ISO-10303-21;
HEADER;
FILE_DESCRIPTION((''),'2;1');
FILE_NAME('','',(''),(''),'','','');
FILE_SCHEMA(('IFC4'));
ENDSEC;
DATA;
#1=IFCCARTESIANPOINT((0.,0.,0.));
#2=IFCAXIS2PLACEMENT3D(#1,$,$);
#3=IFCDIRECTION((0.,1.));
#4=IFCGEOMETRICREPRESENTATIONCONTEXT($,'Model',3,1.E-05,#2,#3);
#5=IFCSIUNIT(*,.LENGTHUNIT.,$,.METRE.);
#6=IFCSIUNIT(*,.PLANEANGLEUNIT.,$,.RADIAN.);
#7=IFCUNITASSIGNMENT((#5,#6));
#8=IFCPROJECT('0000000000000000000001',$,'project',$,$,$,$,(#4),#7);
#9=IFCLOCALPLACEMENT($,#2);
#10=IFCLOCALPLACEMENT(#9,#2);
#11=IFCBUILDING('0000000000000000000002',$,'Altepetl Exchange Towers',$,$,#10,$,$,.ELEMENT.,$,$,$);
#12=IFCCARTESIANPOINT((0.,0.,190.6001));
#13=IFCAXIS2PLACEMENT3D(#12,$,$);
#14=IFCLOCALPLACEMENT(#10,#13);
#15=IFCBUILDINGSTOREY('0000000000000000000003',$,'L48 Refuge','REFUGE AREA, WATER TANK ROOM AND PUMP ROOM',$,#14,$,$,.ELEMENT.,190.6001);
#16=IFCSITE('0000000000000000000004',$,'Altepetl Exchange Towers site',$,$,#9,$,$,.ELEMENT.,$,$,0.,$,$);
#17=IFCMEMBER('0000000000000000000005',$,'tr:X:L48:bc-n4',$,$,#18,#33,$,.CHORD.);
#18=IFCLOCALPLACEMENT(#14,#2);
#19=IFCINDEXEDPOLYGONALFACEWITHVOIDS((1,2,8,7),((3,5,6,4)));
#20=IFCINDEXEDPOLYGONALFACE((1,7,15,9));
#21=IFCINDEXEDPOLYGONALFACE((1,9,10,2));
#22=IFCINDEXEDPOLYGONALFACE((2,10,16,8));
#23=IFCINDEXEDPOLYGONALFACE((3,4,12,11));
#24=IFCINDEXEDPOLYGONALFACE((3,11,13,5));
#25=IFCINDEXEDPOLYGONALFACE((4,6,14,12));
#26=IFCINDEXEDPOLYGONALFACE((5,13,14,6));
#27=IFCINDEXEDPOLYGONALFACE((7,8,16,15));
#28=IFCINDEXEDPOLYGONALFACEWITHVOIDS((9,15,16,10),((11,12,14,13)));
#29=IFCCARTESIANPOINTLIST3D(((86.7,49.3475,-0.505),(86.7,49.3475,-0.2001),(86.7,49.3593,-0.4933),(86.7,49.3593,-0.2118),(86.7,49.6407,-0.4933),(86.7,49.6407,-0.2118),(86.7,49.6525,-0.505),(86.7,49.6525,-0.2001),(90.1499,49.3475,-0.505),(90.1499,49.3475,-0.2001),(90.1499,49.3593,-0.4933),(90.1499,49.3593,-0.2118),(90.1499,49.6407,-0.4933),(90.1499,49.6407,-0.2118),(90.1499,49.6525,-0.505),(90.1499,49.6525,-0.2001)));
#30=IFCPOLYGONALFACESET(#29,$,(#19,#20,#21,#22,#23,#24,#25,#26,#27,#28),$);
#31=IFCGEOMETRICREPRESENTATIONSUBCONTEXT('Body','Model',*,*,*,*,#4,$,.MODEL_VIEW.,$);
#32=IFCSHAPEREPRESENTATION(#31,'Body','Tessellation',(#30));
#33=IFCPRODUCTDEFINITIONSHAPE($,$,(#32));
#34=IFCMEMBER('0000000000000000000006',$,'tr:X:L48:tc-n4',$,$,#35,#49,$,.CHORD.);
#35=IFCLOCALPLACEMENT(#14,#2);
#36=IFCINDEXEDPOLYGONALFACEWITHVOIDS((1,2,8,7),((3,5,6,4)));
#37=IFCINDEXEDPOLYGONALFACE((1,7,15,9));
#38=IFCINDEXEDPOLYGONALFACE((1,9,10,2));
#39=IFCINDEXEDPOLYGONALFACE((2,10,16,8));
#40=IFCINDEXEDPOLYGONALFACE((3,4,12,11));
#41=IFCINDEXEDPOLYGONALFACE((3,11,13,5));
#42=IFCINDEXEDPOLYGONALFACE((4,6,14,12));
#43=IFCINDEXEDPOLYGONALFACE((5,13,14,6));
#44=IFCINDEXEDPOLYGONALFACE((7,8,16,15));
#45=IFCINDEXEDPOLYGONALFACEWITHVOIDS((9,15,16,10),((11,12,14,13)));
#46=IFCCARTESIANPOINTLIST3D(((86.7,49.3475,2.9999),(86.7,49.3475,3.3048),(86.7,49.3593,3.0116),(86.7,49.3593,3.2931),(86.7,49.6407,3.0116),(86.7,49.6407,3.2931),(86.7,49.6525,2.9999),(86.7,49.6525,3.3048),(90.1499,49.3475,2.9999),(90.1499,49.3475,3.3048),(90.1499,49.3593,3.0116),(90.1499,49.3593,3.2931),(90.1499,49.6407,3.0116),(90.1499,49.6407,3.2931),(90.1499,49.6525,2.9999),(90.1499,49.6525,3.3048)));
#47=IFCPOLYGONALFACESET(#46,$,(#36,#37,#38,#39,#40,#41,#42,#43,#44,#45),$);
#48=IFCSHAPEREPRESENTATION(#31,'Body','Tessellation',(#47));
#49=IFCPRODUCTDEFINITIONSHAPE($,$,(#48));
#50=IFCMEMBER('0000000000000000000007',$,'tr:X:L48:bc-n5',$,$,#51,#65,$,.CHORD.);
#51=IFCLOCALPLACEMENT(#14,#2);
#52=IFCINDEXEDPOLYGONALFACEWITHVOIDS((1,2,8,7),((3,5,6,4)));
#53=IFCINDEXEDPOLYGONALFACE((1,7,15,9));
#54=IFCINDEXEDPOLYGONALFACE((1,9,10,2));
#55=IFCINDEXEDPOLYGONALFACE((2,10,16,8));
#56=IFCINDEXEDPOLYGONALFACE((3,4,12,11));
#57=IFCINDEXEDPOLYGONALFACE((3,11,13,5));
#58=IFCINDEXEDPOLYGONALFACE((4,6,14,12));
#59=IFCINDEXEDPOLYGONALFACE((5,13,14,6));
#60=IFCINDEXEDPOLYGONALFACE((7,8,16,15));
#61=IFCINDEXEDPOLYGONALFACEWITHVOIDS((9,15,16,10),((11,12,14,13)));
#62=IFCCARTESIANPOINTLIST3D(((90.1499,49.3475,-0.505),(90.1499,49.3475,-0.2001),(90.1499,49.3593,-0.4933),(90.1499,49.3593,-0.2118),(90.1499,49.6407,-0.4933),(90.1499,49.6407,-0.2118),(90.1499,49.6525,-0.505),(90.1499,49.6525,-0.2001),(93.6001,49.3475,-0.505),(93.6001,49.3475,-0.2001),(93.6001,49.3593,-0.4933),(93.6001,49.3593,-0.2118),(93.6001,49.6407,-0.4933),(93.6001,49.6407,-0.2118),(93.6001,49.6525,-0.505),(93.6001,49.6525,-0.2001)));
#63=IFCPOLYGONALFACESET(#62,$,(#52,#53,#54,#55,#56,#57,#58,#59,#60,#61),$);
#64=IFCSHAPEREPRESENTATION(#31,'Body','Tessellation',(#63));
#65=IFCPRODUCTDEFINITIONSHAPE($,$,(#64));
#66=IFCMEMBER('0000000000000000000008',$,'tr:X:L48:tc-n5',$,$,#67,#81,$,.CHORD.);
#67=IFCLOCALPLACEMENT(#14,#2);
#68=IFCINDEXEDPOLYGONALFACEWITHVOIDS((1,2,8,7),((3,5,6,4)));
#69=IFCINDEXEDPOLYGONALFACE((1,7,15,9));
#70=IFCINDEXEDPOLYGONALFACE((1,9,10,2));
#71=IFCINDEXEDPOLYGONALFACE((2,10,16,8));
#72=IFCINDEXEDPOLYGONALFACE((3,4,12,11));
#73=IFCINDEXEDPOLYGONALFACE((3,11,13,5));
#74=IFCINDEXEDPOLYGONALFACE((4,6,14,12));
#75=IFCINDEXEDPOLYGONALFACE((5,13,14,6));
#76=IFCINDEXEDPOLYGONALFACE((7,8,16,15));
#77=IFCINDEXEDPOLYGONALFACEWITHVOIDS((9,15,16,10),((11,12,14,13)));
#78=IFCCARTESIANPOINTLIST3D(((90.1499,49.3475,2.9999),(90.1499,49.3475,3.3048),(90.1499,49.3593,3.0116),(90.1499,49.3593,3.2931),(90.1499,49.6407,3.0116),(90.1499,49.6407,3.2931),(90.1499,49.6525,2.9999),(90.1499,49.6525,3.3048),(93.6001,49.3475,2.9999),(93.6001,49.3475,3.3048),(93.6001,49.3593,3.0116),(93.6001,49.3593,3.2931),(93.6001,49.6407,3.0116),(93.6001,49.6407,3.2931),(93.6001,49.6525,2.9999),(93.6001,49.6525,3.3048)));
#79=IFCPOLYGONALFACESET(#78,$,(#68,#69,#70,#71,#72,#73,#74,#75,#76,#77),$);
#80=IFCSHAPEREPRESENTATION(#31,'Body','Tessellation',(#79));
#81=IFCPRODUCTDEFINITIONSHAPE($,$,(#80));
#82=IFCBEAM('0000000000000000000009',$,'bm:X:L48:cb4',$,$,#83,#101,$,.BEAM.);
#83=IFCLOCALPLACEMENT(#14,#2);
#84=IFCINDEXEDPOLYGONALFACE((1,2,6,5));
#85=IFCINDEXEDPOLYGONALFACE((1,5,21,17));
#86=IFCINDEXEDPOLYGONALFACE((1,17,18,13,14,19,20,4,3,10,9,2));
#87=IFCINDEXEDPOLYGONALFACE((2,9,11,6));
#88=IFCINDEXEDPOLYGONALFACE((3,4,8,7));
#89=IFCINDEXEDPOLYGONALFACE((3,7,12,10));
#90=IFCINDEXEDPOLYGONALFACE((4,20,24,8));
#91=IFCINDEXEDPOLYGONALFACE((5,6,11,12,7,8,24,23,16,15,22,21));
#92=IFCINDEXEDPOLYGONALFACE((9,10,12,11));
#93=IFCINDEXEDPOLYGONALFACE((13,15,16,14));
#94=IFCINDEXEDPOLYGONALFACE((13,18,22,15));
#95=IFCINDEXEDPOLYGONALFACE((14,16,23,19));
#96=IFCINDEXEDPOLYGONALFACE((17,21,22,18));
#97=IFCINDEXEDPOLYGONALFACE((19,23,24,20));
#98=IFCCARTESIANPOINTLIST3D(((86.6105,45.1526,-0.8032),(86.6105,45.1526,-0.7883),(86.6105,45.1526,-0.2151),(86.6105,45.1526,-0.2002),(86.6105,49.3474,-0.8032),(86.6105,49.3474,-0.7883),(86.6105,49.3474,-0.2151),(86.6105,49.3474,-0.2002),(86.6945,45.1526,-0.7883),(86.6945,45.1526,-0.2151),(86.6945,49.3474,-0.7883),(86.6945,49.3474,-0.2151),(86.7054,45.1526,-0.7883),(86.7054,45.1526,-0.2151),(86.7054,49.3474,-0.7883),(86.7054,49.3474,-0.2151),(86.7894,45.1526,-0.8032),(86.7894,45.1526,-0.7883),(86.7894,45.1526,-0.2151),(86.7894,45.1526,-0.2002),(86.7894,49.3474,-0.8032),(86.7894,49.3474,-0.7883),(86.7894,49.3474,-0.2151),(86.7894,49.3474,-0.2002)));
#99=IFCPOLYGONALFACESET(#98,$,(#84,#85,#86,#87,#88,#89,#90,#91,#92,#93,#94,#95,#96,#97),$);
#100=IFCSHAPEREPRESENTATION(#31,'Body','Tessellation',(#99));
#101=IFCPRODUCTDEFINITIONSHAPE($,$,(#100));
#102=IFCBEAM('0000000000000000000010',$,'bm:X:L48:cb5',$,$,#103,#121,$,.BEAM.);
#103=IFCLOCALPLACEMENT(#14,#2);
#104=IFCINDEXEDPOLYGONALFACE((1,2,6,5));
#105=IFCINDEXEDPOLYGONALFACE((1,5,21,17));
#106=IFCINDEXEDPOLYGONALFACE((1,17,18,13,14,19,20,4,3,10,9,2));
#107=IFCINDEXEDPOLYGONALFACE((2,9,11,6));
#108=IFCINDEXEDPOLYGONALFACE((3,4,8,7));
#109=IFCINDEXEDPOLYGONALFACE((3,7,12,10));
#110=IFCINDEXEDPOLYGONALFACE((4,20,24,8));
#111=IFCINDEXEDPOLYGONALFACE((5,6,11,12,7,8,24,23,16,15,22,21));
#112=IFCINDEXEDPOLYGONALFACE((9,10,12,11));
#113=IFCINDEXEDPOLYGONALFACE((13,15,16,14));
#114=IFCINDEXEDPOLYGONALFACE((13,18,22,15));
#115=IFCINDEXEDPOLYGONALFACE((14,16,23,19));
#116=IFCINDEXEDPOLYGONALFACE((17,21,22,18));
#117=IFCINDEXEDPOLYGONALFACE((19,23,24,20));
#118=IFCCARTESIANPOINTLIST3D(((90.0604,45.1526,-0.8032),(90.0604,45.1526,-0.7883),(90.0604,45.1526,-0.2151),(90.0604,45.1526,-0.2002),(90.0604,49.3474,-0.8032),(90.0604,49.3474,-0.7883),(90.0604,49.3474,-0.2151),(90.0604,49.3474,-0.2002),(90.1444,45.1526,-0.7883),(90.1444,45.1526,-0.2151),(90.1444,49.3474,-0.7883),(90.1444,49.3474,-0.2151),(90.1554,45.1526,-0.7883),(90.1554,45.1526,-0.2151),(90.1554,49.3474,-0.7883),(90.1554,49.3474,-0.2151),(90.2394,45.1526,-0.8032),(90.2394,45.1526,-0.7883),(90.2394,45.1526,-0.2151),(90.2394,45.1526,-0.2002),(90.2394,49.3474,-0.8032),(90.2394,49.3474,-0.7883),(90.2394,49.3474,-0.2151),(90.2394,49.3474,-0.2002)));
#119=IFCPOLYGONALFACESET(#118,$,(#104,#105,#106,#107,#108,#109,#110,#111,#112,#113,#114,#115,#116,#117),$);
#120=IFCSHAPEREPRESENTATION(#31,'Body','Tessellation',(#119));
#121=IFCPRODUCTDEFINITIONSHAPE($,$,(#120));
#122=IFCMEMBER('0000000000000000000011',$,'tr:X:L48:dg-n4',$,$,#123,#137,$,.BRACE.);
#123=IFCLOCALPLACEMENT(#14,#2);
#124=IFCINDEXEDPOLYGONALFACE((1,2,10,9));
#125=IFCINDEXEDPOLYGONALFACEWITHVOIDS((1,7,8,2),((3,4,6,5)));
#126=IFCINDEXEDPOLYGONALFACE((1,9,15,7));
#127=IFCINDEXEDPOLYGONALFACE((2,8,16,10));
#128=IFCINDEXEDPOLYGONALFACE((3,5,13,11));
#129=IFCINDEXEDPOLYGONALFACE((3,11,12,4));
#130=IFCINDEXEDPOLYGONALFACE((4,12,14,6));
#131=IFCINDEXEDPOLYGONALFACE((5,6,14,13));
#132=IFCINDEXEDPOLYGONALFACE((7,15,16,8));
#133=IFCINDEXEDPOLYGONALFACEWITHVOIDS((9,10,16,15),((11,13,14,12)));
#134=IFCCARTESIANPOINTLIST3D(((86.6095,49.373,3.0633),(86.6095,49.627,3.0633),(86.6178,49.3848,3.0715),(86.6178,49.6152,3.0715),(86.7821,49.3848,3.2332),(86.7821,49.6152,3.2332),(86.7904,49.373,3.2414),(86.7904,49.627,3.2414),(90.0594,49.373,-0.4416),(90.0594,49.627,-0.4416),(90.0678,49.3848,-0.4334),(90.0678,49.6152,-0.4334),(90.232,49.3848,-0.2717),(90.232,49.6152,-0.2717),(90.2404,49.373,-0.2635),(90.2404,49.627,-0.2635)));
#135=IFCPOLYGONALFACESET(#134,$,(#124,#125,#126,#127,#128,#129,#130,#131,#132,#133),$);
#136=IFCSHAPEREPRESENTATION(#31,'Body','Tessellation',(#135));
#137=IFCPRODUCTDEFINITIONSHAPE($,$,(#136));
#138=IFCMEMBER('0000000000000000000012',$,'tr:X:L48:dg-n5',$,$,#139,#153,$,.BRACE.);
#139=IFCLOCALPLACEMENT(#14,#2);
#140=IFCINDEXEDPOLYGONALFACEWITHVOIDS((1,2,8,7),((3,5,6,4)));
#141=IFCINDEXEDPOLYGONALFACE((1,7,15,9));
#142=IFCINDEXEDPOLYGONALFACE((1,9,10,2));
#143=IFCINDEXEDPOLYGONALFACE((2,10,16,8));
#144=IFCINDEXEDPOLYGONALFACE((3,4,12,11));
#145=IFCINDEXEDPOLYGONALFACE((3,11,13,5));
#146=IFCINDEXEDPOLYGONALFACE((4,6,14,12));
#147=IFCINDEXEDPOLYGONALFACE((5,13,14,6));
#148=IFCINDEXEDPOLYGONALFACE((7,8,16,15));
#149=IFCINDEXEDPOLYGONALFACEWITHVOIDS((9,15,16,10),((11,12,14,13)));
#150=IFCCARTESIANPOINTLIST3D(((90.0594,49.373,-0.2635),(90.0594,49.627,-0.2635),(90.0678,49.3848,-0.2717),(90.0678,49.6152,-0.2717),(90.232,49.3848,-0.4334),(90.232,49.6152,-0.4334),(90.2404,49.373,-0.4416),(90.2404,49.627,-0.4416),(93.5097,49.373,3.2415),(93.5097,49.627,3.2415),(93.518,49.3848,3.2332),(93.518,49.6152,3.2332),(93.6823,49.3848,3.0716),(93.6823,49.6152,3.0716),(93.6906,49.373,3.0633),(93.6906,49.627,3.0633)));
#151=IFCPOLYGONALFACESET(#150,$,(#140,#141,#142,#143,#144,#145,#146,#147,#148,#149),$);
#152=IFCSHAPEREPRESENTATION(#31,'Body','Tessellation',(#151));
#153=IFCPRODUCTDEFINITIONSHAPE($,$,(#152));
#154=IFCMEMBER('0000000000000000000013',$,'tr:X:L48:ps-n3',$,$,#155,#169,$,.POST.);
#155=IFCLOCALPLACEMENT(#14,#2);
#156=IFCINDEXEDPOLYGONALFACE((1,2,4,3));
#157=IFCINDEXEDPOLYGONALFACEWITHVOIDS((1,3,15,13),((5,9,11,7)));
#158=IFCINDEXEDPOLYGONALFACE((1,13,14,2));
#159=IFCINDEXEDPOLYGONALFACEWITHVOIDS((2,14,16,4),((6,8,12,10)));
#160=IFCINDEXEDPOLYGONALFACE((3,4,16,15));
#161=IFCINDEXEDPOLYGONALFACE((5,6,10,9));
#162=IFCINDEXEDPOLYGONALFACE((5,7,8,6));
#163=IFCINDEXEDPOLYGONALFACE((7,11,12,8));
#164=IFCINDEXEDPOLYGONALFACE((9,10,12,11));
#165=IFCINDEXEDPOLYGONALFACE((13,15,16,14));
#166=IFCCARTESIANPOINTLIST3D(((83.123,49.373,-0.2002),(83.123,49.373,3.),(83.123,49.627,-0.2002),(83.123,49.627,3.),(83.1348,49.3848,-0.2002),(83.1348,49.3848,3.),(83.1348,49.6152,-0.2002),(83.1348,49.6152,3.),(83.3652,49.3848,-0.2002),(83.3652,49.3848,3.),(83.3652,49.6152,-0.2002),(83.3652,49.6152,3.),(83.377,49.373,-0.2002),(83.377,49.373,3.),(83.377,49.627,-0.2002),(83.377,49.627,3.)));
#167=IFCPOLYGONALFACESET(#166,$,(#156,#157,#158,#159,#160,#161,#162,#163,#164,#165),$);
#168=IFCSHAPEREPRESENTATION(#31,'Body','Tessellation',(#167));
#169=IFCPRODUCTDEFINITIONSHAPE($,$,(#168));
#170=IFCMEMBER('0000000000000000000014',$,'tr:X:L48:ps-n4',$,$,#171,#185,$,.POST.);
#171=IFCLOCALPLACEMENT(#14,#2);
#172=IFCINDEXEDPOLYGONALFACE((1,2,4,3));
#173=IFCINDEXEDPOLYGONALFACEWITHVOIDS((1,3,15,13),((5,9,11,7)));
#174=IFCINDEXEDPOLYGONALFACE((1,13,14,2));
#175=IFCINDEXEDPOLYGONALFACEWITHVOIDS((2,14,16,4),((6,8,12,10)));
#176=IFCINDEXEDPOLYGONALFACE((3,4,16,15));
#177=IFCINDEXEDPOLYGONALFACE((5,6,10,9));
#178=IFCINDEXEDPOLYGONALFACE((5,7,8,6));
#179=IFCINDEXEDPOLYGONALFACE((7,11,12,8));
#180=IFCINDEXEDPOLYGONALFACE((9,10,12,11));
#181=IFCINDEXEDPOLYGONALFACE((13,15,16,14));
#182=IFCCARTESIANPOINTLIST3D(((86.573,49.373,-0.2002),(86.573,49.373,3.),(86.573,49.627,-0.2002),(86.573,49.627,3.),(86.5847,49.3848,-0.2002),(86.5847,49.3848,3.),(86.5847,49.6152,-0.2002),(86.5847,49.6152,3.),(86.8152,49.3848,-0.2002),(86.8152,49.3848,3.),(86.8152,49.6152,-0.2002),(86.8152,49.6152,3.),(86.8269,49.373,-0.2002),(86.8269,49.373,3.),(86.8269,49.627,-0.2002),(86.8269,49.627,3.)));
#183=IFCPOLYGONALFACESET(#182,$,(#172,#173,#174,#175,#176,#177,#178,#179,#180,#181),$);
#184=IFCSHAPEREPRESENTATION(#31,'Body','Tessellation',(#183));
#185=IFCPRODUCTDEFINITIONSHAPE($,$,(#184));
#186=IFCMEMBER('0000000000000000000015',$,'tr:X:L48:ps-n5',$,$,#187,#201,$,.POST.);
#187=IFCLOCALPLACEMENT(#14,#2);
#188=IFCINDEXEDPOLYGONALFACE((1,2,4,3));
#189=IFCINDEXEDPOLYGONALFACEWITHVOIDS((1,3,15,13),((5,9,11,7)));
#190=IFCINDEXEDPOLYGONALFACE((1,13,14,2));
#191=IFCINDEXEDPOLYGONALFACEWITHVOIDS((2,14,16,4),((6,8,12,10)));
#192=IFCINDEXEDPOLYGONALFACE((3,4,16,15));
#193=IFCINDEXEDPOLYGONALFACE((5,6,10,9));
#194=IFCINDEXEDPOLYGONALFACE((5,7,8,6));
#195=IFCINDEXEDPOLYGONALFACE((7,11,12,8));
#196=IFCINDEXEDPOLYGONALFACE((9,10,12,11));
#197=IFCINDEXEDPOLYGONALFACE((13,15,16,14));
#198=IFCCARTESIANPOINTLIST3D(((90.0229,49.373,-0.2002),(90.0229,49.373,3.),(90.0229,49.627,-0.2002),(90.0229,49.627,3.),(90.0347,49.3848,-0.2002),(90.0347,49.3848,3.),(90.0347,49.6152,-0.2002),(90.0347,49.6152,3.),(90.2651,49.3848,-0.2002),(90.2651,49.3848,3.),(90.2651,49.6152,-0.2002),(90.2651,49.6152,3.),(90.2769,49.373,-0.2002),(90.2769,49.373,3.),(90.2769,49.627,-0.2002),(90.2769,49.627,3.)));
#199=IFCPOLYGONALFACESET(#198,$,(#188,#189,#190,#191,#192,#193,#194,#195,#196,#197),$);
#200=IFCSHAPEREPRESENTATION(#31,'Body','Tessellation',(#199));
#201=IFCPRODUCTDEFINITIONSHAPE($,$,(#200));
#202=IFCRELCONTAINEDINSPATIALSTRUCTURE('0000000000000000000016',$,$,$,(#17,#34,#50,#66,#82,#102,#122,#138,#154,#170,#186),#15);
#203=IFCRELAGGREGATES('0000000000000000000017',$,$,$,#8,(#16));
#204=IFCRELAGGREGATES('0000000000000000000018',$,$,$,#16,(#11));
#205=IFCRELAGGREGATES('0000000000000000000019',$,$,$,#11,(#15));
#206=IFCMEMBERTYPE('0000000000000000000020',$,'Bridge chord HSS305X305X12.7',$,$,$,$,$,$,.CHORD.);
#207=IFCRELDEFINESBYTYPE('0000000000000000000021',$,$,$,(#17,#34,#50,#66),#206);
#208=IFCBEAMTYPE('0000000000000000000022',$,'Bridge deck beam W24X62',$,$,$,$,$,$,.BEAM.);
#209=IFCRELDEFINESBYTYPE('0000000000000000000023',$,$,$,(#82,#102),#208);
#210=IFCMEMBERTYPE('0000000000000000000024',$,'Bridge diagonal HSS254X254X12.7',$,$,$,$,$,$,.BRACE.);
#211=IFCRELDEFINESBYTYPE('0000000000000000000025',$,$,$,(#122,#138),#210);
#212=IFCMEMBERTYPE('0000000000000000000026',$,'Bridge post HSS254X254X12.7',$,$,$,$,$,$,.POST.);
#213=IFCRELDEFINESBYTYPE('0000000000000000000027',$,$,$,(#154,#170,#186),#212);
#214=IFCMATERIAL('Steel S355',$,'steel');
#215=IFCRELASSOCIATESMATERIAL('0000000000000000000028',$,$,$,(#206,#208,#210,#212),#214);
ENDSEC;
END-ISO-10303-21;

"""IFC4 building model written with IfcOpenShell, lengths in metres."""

from ifc_helpers import new_model, si_unit, direction, frame, origin, origin_2d, place, context, subcontext, project, spatial, hollow_rectangle, i_section, extrude, material, material_profile, profile_set, type_object, element, save


model = new_model("IFC4")

# Units and contexts
model_context = context("Model", 3, precision=1e-05, world=origin(), true_north=direction((0.0, 1.0)))
body_context = subcontext(model_context, "Body", "Model", "MODEL_VIEW")
ifc_project = project(units=[si_unit("LENGTHUNIT", "METRE"), si_unit("PLANEANGLEUNIT", "RADIAN")], contexts=[model_context])

# Site, building, storey
site_placement = place(None, origin())
site = spatial("IfcSite", under=ifc_project, at=site_placement, Name="Altepetl Exchange Towers site", CompositionType="ELEMENT", RefElevation=0.0)
building_placement = place(site_placement, origin())
building = spatial("IfcBuilding", under=site, at=building_placement, Name="Altepetl Exchange Towers", CompositionType="ELEMENT")
storey_placement = place(building_placement, frame((0.0, 0.0, 190.6001)))
storey = spatial("IfcBuildingStorey", under=building, at=storey_placement, Name="L48 Refuge", Description="REFUGE AREA, WATER TANK ROOM AND PUMP ROOM", CompositionType="ELEMENT", Elevation=190.6001)

# Members
ifc_material_1 = material(Name="Steel S355", Category="steel")
ifc_material_profile_1 = material_profile(ifc_material_1, hollow_rectangle(XDim=0.3049, YDim=0.3049, WallThickness=0.0117, at=origin_2d()), Name="HSS305X305X12.7")
ifc_profile_set_1 = profile_set([ifc_material_profile_1], Name="Steel S355")
member_type_1 = type_object("IfcMemberType", Name="Bridge chord HSS305X305X12.7", PredefinedType="CHORD", material=ifc_profile_set_1)
for number, where, z_axis, x_axis, name in (
    (1, (86.7, 49.5, -0.3525), (1.0, 0.0, 0.0), (0.0, 1.0, 0.0), "tr:X:L48:bc-n4"),
    (2, (86.7, 49.5, 3.1523), (1.0, 0.0, 0.0), (0.0, 1.0, 0.0), "tr:X:L48:tc-n4"),
):
    element("IfcMember", number, at=place(storey_placement, frame(where, z_axis=z_axis, x_axis=x_axis)), inside=storey, type_object=member_type_1, Name=name, PredefinedType="CHORD", context=body_context, shape_type="SweptSolid", body=[
        extrude(hollow_rectangle(XDim=0.3049, YDim=0.3049, WallThickness=0.0117, at=origin_2d()), origin(), (0.0, 0.0, 1.0), 3.45),
    ])
for number, where, z_axis, x_axis, name in (
    (3, (90.1499, 49.5, -0.3525), (1.0, 0.0, 0.0), (0.0, 1.0, 0.0), "tr:X:L48:bc-n5"),
    (4, (90.1499, 49.5, 3.1523), (1.0, 0.0, 0.0), (0.0, 1.0, 0.0), "tr:X:L48:tc-n5"),
):
    element("IfcMember", number, at=place(storey_placement, frame(where, z_axis=z_axis, x_axis=x_axis)), inside=storey, type_object=member_type_1, Name=name, PredefinedType="CHORD", context=body_context, shape_type="SweptSolid", body=[
        extrude(hollow_rectangle(XDim=0.3049, YDim=0.3049, WallThickness=0.0117, at=origin_2d()), origin(), (0.0, 0.0, 1.0), 3.4502),
    ])

# Beams
ifc_material_profile_2 = material_profile(ifc_material_1, i_section(OverallWidth=0.179, OverallDepth=0.603, WebThickness=0.011, FlangeThickness=0.0149, at=origin_2d()), Name="W24X62")
ifc_profile_set_2 = profile_set([ifc_material_profile_2], Name="Steel S355")
beam_type = type_object("IfcBeamType", Name="Bridge deck beam W24X62", PredefinedType="BEAM", material=ifc_profile_set_2)
for number, where, z_axis, x_axis, name in (
    (5, (86.7, 45.1526, -0.5017), (0.0, 1.0, 0.0), (-1.0, 0.0, 0.0), "bm:X:L48:cb4"),
    (6, (90.1499, 45.1526, -0.5017), (0.0, 1.0, 0.0), (-1.0, 0.0, 0.0), "bm:X:L48:cb5"),
):
    element("IfcBeam", number, at=place(storey_placement, frame(where, z_axis=z_axis, x_axis=x_axis)), inside=storey, type_object=beam_type, Name=name, PredefinedType="BEAM", context=body_context, shape_type="SweptSolid", body=[
        extrude(i_section(OverallWidth=0.179, OverallDepth=0.603, WebThickness=0.011, FlangeThickness=0.0149, at=origin_2d()), origin(), (0.0, 0.0, 1.0), 4.1948),
    ])

# Members
ifc_material_profile_3 = material_profile(ifc_material_1, hollow_rectangle(XDim=0.2539, YDim=0.2539, WallThickness=0.0117, at=origin_2d()), Name="HSS254X254X12.7")
ifc_profile_set_3 = profile_set([ifc_material_profile_3], Name="Steel S355")
member_type_2 = type_object("IfcMemberType", Name="Bridge diagonal HSS254X254X12.7", PredefinedType="BRACE", material=ifc_profile_set_3)
member_1_placement = place(storey_placement, frame((86.7, 49.5, 3.1523), z_axis=(0.7015, 0.0, -0.71267), x_axis=(0.0, 1.0, 0.0)))
element("IfcMember", 7, at=member_1_placement, inside=storey, type_object=member_type_2, Name="tr:X:L48:dg-n4", PredefinedType="BRACE", context=body_context, shape_type="SweptSolid", body=[
    extrude(hollow_rectangle(XDim=0.2539, YDim=0.2539, WallThickness=0.0117, at=origin_2d()), origin(), (0.0, 0.0, 1.0), 4.918),
])
member_2_placement = place(storey_placement, frame((90.1499, 49.5, -0.3525), z_axis=(0.701525, 0.0, 0.712645), x_axis=(0.0, 1.0, 0.0)))
element("IfcMember", 8, at=member_2_placement, inside=storey, type_object=member_type_2, Name="tr:X:L48:dg-n5", PredefinedType="BRACE", context=body_context, shape_type="SweptSolid", body=[
    extrude(hollow_rectangle(XDim=0.2539, YDim=0.2539, WallThickness=0.0117, at=origin_2d()), origin(), (0.0, 0.0, 1.0), 4.9182),
])
ifc_material_profile_4 = material_profile(ifc_material_1, hollow_rectangle(XDim=0.2539, YDim=0.2539, WallThickness=0.0117, at=origin_2d()), Name="HSS254X254X12.7")
ifc_profile_set_4 = profile_set([ifc_material_profile_4], Name="Steel S355")
member_type_3 = type_object("IfcMemberType", Name="Bridge post HSS254X254X12.7", PredefinedType="POST", material=ifc_profile_set_4)
for number, where, name in (
    (9, (83.25, 49.5, -0.2002), "tr:X:L48:ps-n3"),
    (10, (86.7, 49.5, -0.2002), "tr:X:L48:ps-n4"),
    (11, (90.1499, 49.5, -0.2002), "tr:X:L48:ps-n5"),
):
    element("IfcMember", number, at=place(storey_placement, frame(where)), inside=storey, type_object=member_type_3, Name=name, PredefinedType="POST", context=body_context, shape_type="SweptSolid", body=[
        extrude(hollow_rectangle(XDim=0.2539, YDim=0.2539, WallThickness=0.0117, at=origin_2d()), origin(), (0.0, 0.0, 1.0), 3.2002),
    ])

save(model, "model.ifc")
